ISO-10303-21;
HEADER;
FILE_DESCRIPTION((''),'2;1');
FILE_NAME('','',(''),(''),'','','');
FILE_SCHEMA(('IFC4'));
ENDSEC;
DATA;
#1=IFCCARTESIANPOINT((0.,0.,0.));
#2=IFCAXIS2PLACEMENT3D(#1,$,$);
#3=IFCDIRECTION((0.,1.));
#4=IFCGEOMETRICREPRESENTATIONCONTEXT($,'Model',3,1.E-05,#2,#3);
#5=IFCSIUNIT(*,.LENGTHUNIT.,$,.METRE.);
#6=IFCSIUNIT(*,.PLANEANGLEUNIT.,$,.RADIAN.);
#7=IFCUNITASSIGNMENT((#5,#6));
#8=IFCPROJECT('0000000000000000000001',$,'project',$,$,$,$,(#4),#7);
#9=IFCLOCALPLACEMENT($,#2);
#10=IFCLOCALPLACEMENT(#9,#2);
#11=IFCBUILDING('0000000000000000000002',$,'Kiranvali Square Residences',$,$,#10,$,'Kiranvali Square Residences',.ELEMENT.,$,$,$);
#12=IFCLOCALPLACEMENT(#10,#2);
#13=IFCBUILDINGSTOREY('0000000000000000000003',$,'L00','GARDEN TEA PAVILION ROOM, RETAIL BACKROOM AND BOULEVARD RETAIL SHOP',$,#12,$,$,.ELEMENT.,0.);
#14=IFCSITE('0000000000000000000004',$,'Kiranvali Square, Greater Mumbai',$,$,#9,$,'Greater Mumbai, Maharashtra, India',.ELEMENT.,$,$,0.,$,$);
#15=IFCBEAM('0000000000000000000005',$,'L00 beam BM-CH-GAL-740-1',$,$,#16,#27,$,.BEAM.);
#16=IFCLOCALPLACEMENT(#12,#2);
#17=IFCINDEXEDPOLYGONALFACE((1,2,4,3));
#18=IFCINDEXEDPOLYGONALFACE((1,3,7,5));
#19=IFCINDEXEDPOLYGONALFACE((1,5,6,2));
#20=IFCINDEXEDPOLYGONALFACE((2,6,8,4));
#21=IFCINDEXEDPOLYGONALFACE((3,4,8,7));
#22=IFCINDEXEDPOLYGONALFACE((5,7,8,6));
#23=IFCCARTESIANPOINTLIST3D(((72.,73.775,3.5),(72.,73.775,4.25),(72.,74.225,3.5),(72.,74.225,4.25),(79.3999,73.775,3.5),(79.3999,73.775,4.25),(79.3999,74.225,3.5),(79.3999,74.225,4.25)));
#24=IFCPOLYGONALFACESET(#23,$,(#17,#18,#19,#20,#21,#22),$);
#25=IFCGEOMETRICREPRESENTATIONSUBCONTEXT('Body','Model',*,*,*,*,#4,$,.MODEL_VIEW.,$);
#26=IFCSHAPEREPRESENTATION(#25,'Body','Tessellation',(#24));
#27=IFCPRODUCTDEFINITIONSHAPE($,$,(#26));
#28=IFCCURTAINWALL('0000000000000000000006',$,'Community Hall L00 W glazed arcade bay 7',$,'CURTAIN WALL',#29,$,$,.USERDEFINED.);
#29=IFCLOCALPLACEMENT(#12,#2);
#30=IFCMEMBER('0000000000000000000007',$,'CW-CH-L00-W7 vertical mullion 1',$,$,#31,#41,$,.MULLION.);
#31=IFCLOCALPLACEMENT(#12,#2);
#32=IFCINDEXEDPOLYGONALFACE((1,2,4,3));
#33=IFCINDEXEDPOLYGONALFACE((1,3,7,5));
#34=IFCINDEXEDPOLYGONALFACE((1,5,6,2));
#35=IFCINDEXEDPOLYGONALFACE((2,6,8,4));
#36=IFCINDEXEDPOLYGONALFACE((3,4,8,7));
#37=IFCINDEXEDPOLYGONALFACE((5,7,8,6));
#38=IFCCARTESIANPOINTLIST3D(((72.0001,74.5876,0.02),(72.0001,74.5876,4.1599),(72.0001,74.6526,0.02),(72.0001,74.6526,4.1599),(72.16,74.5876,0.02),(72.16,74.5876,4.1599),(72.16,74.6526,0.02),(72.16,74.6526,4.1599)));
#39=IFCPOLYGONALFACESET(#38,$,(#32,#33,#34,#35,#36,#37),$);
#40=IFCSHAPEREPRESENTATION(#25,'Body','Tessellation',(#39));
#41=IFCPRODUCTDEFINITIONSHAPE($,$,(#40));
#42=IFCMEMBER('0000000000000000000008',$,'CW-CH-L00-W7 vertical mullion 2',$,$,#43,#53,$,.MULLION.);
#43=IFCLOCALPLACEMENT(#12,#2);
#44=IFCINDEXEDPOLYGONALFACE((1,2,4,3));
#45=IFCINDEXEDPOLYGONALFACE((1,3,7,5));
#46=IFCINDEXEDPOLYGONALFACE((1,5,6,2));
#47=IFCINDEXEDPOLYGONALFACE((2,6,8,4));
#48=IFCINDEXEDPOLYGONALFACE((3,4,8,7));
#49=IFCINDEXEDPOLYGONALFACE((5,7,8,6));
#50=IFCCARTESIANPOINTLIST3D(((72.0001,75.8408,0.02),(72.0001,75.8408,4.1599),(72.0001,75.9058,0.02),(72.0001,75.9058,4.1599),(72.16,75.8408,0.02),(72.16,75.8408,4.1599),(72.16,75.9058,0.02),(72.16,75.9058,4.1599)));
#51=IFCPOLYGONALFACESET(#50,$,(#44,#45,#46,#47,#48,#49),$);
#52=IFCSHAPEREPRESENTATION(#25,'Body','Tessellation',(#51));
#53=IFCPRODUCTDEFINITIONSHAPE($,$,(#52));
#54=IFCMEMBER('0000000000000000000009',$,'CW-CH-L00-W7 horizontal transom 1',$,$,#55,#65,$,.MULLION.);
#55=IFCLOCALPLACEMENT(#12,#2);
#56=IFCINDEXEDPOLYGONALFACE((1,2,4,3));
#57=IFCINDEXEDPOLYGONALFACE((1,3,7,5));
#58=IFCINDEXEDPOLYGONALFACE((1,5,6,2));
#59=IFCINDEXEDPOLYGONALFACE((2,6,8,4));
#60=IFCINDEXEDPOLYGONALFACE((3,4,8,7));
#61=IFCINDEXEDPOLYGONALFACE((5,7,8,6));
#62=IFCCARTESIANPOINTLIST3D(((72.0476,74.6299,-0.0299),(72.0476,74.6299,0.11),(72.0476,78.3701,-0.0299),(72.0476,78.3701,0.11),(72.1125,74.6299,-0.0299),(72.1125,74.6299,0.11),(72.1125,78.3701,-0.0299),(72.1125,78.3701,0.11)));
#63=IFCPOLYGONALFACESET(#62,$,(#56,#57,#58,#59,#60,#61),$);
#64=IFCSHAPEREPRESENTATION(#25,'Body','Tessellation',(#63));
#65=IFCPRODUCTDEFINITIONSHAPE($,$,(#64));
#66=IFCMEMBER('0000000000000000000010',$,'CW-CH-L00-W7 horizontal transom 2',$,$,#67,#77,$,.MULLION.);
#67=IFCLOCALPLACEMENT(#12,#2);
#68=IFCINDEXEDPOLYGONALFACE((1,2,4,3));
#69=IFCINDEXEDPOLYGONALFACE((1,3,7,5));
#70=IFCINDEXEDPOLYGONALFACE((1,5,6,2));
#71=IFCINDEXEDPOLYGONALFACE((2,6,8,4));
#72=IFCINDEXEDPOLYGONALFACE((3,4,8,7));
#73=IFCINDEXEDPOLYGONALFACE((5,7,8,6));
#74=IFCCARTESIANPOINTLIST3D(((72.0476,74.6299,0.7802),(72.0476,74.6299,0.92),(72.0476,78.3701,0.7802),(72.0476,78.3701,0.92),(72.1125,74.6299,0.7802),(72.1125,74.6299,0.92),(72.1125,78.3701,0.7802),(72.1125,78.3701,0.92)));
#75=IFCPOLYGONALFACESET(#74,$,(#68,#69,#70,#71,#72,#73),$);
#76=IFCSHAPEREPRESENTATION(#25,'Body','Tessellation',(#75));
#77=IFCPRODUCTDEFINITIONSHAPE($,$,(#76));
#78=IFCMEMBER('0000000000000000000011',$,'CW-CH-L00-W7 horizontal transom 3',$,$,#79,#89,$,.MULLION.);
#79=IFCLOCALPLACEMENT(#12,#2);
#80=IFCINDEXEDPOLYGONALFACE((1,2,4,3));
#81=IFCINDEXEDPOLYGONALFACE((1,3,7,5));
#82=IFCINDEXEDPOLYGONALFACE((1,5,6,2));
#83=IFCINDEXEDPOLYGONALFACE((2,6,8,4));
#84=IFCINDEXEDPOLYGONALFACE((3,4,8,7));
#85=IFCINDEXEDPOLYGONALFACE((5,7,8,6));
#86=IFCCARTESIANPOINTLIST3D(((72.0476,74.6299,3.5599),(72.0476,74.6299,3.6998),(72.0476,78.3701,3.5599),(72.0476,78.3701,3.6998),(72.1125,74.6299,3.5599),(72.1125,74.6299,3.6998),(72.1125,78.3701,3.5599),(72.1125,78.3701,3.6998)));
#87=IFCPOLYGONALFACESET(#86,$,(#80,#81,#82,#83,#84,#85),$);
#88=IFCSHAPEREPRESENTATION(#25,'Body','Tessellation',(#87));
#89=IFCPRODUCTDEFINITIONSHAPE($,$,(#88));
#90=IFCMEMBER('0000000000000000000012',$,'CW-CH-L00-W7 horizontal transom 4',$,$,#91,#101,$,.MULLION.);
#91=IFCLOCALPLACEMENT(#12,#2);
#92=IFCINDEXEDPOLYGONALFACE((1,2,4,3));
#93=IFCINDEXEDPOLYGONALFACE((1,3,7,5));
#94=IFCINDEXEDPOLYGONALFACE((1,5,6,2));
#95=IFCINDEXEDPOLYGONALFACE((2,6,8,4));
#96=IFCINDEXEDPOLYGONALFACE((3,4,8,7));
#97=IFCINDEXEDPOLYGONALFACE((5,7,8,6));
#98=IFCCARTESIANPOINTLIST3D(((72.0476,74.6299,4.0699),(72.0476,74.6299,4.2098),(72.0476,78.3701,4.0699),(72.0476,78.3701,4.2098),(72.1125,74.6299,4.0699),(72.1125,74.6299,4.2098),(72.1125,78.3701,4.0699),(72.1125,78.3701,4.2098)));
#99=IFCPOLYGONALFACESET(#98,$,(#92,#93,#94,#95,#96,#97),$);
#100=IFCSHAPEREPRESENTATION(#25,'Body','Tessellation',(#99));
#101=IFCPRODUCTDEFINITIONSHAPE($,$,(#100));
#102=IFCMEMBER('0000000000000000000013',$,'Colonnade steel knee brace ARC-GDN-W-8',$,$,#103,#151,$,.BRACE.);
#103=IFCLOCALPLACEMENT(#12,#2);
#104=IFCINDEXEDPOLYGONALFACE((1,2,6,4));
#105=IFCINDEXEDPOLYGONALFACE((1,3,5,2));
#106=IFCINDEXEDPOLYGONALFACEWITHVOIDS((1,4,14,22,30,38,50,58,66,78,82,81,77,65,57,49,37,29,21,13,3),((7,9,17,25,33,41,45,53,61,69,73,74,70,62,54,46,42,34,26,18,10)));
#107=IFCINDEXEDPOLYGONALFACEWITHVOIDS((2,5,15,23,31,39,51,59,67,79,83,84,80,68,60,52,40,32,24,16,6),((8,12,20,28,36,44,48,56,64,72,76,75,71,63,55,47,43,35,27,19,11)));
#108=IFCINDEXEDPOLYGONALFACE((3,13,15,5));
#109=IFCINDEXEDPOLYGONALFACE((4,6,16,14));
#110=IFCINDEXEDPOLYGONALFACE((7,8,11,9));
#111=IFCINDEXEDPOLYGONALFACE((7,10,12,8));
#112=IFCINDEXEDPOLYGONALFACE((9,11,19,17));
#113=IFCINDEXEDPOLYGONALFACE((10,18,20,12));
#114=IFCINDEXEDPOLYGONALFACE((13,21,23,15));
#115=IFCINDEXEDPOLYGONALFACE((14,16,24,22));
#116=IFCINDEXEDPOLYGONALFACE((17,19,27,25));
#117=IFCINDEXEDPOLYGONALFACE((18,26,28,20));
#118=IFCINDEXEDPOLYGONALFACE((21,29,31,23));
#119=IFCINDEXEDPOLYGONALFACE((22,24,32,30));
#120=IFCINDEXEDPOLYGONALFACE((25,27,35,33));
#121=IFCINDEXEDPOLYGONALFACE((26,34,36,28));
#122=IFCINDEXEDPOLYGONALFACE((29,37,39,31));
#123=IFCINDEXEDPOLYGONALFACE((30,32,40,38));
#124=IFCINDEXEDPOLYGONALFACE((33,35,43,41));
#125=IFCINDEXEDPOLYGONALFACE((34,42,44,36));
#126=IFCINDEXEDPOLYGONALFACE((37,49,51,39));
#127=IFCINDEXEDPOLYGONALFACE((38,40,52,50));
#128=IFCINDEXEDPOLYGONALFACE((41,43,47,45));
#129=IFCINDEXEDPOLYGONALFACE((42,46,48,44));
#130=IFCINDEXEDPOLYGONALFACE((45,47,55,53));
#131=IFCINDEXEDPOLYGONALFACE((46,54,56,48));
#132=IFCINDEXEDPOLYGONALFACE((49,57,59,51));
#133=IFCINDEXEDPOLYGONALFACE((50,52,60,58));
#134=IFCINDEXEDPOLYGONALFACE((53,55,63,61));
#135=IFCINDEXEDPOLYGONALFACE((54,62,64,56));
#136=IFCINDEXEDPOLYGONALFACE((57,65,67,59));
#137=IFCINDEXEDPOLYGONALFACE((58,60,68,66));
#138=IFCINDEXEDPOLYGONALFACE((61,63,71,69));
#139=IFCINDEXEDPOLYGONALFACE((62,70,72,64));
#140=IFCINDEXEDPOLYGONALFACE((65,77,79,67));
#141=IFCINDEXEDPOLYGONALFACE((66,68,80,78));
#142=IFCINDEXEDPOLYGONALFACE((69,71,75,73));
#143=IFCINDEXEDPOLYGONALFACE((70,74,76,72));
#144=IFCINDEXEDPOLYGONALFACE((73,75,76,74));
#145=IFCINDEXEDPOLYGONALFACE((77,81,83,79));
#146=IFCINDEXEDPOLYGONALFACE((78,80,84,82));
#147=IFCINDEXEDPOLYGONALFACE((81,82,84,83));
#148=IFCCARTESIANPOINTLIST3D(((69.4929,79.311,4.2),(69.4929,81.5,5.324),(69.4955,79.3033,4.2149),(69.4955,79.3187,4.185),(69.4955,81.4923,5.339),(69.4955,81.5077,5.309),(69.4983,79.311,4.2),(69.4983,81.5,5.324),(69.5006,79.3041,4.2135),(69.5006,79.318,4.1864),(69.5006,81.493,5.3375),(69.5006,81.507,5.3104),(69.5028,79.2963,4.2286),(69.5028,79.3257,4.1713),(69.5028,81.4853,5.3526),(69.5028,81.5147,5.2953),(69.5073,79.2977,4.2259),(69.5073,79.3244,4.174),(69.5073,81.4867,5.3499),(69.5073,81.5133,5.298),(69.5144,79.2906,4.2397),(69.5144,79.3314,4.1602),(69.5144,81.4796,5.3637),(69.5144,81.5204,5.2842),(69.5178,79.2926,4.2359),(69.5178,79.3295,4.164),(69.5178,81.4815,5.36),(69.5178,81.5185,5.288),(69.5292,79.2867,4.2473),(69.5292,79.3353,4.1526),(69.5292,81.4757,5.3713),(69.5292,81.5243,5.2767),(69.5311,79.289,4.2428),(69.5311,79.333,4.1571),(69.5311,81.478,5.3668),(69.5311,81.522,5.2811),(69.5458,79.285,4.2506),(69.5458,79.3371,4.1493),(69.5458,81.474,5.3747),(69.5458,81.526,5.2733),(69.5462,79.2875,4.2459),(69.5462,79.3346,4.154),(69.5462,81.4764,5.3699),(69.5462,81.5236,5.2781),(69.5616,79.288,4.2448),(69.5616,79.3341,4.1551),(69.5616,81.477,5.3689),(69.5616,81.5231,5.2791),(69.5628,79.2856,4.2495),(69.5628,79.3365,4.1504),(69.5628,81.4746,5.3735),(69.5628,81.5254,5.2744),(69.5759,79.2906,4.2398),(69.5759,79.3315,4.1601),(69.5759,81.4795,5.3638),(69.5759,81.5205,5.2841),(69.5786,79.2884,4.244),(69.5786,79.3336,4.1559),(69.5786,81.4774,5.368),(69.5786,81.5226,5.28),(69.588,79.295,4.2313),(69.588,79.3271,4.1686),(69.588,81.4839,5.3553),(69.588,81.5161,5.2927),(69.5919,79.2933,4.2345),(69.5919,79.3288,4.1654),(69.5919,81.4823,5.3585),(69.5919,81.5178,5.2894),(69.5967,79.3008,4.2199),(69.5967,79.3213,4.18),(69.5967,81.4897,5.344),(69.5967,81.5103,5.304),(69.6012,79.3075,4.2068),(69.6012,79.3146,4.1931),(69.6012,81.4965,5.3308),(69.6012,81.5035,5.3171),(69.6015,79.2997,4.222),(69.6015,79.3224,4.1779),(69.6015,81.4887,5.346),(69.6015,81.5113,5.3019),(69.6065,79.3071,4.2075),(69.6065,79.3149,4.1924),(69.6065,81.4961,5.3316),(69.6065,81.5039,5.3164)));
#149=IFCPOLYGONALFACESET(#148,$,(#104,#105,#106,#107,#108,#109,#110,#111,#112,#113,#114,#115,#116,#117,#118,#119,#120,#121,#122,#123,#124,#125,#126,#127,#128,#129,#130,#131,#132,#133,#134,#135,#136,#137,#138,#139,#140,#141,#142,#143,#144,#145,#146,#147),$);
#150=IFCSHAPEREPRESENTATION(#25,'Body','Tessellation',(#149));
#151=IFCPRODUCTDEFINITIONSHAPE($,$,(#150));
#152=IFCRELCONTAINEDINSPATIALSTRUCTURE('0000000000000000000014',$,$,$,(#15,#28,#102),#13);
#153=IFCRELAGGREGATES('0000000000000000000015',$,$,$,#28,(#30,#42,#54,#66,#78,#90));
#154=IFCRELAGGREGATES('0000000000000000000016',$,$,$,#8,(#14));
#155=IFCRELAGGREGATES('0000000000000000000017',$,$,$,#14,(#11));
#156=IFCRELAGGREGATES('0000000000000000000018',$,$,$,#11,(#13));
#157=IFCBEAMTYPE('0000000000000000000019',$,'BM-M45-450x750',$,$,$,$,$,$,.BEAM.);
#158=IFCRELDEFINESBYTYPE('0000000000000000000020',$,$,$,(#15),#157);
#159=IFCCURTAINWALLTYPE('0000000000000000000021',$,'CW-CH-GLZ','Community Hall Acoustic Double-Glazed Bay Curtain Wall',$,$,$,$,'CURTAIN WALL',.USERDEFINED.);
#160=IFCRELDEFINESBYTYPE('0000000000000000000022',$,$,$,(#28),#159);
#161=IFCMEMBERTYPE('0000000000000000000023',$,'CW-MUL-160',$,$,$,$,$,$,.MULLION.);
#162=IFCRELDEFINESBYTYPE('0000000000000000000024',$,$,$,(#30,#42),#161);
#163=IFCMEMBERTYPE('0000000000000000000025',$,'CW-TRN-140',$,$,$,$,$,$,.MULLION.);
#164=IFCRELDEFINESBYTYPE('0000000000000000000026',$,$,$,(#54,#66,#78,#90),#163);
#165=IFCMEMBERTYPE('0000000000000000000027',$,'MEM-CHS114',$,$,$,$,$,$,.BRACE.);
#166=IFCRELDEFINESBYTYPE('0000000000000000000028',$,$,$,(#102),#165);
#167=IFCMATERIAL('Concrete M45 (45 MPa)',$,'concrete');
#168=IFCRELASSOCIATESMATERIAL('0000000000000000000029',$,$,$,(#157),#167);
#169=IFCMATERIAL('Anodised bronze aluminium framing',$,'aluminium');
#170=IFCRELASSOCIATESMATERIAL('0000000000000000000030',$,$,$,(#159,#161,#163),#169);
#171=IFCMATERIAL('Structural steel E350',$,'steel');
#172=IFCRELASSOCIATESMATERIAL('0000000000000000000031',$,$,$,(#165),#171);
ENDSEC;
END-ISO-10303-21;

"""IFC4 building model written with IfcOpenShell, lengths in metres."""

from ifc_helpers import new_model, si_unit, direction, frame, origin, origin_2d, place, context, subcontext, project, spatial, rectangle, hollow_circle, extrude, material, material_profile, profile_set, type_object, element, aggregate, save


model = new_model("IFC4")

# Units and contexts
model_context = context("Model", 3, precision=1e-05, world=origin(), true_north=direction((0.0, 1.0)))
body_context = subcontext(model_context, "Body", "Model", "MODEL_VIEW")
ifc_project = project(units=[si_unit("LENGTHUNIT", "METRE"), si_unit("PLANEANGLEUNIT", "RADIAN")], contexts=[model_context])

# Site, building, storey
site_placement = place(None, origin())
site = spatial("IfcSite", under=ifc_project, at=site_placement, Name="Kiranvali Square, Greater Mumbai", LongName="Greater Mumbai, Maharashtra, India", CompositionType="ELEMENT", RefElevation=0.0)
building_placement = place(site_placement, origin())
building = spatial("IfcBuilding", under=site, at=building_placement, Name="Kiranvali Square Residences", LongName="Kiranvali Square Residences", CompositionType="ELEMENT")
storey_placement = place(building_placement, origin())
storey = spatial("IfcBuildingStorey", under=building, at=storey_placement, Name="L00", Description="GARDEN TEA PAVILION ROOM, RETAIL BACKROOM AND BOULEVARD RETAIL SHOP", CompositionType="ELEMENT", Elevation=0.0)

# Shared definitions
ifc_material_1 = material(Name="Concrete M45 (45 MPa)", Category="concrete")

# Beam
ifc_material_profile_1 = material_profile(ifc_material_1, rectangle(XDim=0.45, YDim=0.75, at=origin_2d()), Name="RC 450x750")
ifc_profile_set_1 = profile_set([ifc_material_profile_1], Name="Concrete M45 (45 MPa)")
beam_type_1 = type_object("IfcBeamType", Name="BM-M45-450x750", PredefinedType="BEAM", material=ifc_profile_set_1)
beam_placement = place(storey_placement, frame((72.0, 74.0, 3.875), z_axis=(1.0, 0.0, 0.0), x_axis=(0.0, 1.0, 0.0)))
element("IfcBeam", 1, at=beam_placement, inside=storey, type_object=beam_type_1, Name="L00 beam BM-CH-GAL-740-1", PredefinedType="BEAM", context=body_context, shape_type="SweptSolid", body=[
    extrude(rectangle(XDim=0.45, YDim=0.75, at=origin_2d()), origin(), (0.0, 0.0, 1.0), 7.3999),
])

# Curtain wall, members
ifc_material_2 = material(Name="Anodised bronze aluminium framing", Category="aluminium")
curtain_wall_type = type_object("IfcCurtainWallType", Name="CW-CH-GLZ", Description="Community Hall Acoustic Double-Glazed Bay Curtain Wall", ElementType="CURTAIN WALL", PredefinedType="USERDEFINED", material=ifc_material_2)
curtain_wall_placement = place(storey_placement, origin())
curtain_wall = element("IfcCurtainWall", 2, at=curtain_wall_placement, inside=storey, type_object=curtain_wall_type, Name="Community Hall L00 W glazed arcade bay 7", ObjectType="CURTAIN WALL", PredefinedType="USERDEFINED")
ifc_material_profile_2 = material_profile(ifc_material_2, rectangle(XDim=0.0649, YDim=0.1599, at=origin_2d()), Name="ALU 65x160")
ifc_profile_set_2 = profile_set([ifc_material_profile_2], Name="Anodised bronze aluminium framing")
member_type_1 = type_object("IfcMemberType", Name="CW-MUL-160", PredefinedType="MULLION", material=ifc_profile_set_2)
member_1_placement = place(storey_placement, frame((72.0801, 74.6201, 0.02), z_axis=(0.0, 0.0, 1.0), x_axis=(0.0, 1.0, 0.0)))
member_1 = element("IfcMember", 3, at=member_1_placement, type_object=member_type_1, Name="CW-CH-L00-W7 vertical mullion 1", PredefinedType="MULLION", context=body_context, shape_type="SweptSolid", body=[
    extrude(rectangle(XDim=0.0649, YDim=0.1599, at=origin_2d()), origin(), (0.0, 0.0, 1.0), 4.1399),
])
member_2_placement = place(storey_placement, frame((72.0801, 75.8733, 0.02), z_axis=(0.0, 0.0, 1.0), x_axis=(0.0, 1.0, 0.0)))
member_2 = element("IfcMember", 4, at=member_2_placement, type_object=member_type_1, Name="CW-CH-L00-W7 vertical mullion 2", PredefinedType="MULLION", context=body_context, shape_type="SweptSolid", body=[
    extrude(rectangle(XDim=0.0649, YDim=0.1599, at=origin_2d()), origin(), (0.0, 0.0, 1.0), 4.1399),
])
ifc_material_profile_3 = material_profile(ifc_material_2, rectangle(XDim=0.0649, YDim=0.1399, at=origin_2d()), Name="ALU 65x140")
ifc_profile_set_3 = profile_set([ifc_material_profile_3], Name="Anodised bronze aluminium framing")
member_type_2 = type_object("IfcMemberType", Name="CW-TRN-140", PredefinedType="MULLION", material=ifc_profile_set_3)
member_3_placement = place(storey_placement, frame((72.0801, 74.6299, 0.04), z_axis=(0.0, 1.0, 0.0), x_axis=(-1.0, 0.0, 0.0)))
member_3 = element("IfcMember", 5, at=member_3_placement, type_object=member_type_2, Name="CW-CH-L00-W7 horizontal transom 1", PredefinedType="MULLION", context=body_context, shape_type="SweptSolid", body=[
    extrude(rectangle(XDim=0.0649, YDim=0.1399, at=origin_2d()), origin(), (0.0, 0.0, 1.0), 3.7402),
])
member_4_placement = place(storey_placement, frame((72.0801, 74.6299, 0.8501), z_axis=(0.0, 1.0, 0.0), x_axis=(-1.0, 0.0, 0.0)))
member_4 = element("IfcMember", 6, at=member_4_placement, type_object=member_type_2, Name="CW-CH-L00-W7 horizontal transom 2", PredefinedType="MULLION", context=body_context, shape_type="SweptSolid", body=[
    extrude(rectangle(XDim=0.0649, YDim=0.1399, at=origin_2d()), origin(), (0.0, 0.0, 1.0), 3.7402),
])
member_5_placement = place(storey_placement, frame((72.0801, 74.6299, 3.6299), z_axis=(0.0, 1.0, 0.0), x_axis=(-1.0, 0.0, 0.0)))
member_5 = element("IfcMember", 7, at=member_5_placement, type_object=member_type_2, Name="CW-CH-L00-W7 horizontal transom 3", PredefinedType="MULLION", context=body_context, shape_type="SweptSolid", body=[
    extrude(rectangle(XDim=0.0649, YDim=0.1399, at=origin_2d()), origin(), (0.0, 0.0, 1.0), 3.7402),
])
member_6_placement = place(storey_placement, frame((72.0801, 74.6299, 4.1399), z_axis=(0.0, 1.0, 0.0), x_axis=(-1.0, 0.0, 0.0)))
member_6 = element("IfcMember", 8, at=member_6_placement, type_object=member_type_2, Name="CW-CH-L00-W7 horizontal transom 4", PredefinedType="MULLION", context=body_context, shape_type="SweptSolid", body=[
    extrude(rectangle(XDim=0.0649, YDim=0.1399, at=origin_2d()), origin(), (0.0, 0.0, 1.0), 3.7402),
])

# Member
ifc_material_3 = material(Name="Structural steel E350", Category="steel")
ifc_material_profile_4 = material_profile(ifc_material_3, hollow_circle(Radius=0.0571, WallThickness=0.0054, at=origin_2d()), Name="CHS 114.3x5.4")
ifc_profile_set_4 = profile_set([ifc_material_profile_4], Name="Structural steel E350")
member_type_3 = type_object("IfcMemberType", Name="MEM-CHS114", PredefinedType="BRACE", material=ifc_profile_set_4)
member_7_placement = place(storey_placement, frame((69.55, 79.311, 4.2), z_axis=(0.0, 0.889574, 0.456792), x_axis=(-1.0, 0.0, 0.0)))
element("IfcMember", 9, at=member_7_placement, inside=storey, type_object=member_type_3, Name="Colonnade steel knee brace ARC-GDN-W-8", PredefinedType="BRACE", context=body_context, shape_type="SweptSolid", body=[
    extrude(hollow_circle(Radius=0.0571, WallThickness=0.0054, at=origin_2d()), origin(), (0.0, 0.0, 1.0), 2.4607),
])

aggregate(curtain_wall, [member_1, member_2, member_3, member_4, member_5, member_6])

save(model, "model.ifc")
